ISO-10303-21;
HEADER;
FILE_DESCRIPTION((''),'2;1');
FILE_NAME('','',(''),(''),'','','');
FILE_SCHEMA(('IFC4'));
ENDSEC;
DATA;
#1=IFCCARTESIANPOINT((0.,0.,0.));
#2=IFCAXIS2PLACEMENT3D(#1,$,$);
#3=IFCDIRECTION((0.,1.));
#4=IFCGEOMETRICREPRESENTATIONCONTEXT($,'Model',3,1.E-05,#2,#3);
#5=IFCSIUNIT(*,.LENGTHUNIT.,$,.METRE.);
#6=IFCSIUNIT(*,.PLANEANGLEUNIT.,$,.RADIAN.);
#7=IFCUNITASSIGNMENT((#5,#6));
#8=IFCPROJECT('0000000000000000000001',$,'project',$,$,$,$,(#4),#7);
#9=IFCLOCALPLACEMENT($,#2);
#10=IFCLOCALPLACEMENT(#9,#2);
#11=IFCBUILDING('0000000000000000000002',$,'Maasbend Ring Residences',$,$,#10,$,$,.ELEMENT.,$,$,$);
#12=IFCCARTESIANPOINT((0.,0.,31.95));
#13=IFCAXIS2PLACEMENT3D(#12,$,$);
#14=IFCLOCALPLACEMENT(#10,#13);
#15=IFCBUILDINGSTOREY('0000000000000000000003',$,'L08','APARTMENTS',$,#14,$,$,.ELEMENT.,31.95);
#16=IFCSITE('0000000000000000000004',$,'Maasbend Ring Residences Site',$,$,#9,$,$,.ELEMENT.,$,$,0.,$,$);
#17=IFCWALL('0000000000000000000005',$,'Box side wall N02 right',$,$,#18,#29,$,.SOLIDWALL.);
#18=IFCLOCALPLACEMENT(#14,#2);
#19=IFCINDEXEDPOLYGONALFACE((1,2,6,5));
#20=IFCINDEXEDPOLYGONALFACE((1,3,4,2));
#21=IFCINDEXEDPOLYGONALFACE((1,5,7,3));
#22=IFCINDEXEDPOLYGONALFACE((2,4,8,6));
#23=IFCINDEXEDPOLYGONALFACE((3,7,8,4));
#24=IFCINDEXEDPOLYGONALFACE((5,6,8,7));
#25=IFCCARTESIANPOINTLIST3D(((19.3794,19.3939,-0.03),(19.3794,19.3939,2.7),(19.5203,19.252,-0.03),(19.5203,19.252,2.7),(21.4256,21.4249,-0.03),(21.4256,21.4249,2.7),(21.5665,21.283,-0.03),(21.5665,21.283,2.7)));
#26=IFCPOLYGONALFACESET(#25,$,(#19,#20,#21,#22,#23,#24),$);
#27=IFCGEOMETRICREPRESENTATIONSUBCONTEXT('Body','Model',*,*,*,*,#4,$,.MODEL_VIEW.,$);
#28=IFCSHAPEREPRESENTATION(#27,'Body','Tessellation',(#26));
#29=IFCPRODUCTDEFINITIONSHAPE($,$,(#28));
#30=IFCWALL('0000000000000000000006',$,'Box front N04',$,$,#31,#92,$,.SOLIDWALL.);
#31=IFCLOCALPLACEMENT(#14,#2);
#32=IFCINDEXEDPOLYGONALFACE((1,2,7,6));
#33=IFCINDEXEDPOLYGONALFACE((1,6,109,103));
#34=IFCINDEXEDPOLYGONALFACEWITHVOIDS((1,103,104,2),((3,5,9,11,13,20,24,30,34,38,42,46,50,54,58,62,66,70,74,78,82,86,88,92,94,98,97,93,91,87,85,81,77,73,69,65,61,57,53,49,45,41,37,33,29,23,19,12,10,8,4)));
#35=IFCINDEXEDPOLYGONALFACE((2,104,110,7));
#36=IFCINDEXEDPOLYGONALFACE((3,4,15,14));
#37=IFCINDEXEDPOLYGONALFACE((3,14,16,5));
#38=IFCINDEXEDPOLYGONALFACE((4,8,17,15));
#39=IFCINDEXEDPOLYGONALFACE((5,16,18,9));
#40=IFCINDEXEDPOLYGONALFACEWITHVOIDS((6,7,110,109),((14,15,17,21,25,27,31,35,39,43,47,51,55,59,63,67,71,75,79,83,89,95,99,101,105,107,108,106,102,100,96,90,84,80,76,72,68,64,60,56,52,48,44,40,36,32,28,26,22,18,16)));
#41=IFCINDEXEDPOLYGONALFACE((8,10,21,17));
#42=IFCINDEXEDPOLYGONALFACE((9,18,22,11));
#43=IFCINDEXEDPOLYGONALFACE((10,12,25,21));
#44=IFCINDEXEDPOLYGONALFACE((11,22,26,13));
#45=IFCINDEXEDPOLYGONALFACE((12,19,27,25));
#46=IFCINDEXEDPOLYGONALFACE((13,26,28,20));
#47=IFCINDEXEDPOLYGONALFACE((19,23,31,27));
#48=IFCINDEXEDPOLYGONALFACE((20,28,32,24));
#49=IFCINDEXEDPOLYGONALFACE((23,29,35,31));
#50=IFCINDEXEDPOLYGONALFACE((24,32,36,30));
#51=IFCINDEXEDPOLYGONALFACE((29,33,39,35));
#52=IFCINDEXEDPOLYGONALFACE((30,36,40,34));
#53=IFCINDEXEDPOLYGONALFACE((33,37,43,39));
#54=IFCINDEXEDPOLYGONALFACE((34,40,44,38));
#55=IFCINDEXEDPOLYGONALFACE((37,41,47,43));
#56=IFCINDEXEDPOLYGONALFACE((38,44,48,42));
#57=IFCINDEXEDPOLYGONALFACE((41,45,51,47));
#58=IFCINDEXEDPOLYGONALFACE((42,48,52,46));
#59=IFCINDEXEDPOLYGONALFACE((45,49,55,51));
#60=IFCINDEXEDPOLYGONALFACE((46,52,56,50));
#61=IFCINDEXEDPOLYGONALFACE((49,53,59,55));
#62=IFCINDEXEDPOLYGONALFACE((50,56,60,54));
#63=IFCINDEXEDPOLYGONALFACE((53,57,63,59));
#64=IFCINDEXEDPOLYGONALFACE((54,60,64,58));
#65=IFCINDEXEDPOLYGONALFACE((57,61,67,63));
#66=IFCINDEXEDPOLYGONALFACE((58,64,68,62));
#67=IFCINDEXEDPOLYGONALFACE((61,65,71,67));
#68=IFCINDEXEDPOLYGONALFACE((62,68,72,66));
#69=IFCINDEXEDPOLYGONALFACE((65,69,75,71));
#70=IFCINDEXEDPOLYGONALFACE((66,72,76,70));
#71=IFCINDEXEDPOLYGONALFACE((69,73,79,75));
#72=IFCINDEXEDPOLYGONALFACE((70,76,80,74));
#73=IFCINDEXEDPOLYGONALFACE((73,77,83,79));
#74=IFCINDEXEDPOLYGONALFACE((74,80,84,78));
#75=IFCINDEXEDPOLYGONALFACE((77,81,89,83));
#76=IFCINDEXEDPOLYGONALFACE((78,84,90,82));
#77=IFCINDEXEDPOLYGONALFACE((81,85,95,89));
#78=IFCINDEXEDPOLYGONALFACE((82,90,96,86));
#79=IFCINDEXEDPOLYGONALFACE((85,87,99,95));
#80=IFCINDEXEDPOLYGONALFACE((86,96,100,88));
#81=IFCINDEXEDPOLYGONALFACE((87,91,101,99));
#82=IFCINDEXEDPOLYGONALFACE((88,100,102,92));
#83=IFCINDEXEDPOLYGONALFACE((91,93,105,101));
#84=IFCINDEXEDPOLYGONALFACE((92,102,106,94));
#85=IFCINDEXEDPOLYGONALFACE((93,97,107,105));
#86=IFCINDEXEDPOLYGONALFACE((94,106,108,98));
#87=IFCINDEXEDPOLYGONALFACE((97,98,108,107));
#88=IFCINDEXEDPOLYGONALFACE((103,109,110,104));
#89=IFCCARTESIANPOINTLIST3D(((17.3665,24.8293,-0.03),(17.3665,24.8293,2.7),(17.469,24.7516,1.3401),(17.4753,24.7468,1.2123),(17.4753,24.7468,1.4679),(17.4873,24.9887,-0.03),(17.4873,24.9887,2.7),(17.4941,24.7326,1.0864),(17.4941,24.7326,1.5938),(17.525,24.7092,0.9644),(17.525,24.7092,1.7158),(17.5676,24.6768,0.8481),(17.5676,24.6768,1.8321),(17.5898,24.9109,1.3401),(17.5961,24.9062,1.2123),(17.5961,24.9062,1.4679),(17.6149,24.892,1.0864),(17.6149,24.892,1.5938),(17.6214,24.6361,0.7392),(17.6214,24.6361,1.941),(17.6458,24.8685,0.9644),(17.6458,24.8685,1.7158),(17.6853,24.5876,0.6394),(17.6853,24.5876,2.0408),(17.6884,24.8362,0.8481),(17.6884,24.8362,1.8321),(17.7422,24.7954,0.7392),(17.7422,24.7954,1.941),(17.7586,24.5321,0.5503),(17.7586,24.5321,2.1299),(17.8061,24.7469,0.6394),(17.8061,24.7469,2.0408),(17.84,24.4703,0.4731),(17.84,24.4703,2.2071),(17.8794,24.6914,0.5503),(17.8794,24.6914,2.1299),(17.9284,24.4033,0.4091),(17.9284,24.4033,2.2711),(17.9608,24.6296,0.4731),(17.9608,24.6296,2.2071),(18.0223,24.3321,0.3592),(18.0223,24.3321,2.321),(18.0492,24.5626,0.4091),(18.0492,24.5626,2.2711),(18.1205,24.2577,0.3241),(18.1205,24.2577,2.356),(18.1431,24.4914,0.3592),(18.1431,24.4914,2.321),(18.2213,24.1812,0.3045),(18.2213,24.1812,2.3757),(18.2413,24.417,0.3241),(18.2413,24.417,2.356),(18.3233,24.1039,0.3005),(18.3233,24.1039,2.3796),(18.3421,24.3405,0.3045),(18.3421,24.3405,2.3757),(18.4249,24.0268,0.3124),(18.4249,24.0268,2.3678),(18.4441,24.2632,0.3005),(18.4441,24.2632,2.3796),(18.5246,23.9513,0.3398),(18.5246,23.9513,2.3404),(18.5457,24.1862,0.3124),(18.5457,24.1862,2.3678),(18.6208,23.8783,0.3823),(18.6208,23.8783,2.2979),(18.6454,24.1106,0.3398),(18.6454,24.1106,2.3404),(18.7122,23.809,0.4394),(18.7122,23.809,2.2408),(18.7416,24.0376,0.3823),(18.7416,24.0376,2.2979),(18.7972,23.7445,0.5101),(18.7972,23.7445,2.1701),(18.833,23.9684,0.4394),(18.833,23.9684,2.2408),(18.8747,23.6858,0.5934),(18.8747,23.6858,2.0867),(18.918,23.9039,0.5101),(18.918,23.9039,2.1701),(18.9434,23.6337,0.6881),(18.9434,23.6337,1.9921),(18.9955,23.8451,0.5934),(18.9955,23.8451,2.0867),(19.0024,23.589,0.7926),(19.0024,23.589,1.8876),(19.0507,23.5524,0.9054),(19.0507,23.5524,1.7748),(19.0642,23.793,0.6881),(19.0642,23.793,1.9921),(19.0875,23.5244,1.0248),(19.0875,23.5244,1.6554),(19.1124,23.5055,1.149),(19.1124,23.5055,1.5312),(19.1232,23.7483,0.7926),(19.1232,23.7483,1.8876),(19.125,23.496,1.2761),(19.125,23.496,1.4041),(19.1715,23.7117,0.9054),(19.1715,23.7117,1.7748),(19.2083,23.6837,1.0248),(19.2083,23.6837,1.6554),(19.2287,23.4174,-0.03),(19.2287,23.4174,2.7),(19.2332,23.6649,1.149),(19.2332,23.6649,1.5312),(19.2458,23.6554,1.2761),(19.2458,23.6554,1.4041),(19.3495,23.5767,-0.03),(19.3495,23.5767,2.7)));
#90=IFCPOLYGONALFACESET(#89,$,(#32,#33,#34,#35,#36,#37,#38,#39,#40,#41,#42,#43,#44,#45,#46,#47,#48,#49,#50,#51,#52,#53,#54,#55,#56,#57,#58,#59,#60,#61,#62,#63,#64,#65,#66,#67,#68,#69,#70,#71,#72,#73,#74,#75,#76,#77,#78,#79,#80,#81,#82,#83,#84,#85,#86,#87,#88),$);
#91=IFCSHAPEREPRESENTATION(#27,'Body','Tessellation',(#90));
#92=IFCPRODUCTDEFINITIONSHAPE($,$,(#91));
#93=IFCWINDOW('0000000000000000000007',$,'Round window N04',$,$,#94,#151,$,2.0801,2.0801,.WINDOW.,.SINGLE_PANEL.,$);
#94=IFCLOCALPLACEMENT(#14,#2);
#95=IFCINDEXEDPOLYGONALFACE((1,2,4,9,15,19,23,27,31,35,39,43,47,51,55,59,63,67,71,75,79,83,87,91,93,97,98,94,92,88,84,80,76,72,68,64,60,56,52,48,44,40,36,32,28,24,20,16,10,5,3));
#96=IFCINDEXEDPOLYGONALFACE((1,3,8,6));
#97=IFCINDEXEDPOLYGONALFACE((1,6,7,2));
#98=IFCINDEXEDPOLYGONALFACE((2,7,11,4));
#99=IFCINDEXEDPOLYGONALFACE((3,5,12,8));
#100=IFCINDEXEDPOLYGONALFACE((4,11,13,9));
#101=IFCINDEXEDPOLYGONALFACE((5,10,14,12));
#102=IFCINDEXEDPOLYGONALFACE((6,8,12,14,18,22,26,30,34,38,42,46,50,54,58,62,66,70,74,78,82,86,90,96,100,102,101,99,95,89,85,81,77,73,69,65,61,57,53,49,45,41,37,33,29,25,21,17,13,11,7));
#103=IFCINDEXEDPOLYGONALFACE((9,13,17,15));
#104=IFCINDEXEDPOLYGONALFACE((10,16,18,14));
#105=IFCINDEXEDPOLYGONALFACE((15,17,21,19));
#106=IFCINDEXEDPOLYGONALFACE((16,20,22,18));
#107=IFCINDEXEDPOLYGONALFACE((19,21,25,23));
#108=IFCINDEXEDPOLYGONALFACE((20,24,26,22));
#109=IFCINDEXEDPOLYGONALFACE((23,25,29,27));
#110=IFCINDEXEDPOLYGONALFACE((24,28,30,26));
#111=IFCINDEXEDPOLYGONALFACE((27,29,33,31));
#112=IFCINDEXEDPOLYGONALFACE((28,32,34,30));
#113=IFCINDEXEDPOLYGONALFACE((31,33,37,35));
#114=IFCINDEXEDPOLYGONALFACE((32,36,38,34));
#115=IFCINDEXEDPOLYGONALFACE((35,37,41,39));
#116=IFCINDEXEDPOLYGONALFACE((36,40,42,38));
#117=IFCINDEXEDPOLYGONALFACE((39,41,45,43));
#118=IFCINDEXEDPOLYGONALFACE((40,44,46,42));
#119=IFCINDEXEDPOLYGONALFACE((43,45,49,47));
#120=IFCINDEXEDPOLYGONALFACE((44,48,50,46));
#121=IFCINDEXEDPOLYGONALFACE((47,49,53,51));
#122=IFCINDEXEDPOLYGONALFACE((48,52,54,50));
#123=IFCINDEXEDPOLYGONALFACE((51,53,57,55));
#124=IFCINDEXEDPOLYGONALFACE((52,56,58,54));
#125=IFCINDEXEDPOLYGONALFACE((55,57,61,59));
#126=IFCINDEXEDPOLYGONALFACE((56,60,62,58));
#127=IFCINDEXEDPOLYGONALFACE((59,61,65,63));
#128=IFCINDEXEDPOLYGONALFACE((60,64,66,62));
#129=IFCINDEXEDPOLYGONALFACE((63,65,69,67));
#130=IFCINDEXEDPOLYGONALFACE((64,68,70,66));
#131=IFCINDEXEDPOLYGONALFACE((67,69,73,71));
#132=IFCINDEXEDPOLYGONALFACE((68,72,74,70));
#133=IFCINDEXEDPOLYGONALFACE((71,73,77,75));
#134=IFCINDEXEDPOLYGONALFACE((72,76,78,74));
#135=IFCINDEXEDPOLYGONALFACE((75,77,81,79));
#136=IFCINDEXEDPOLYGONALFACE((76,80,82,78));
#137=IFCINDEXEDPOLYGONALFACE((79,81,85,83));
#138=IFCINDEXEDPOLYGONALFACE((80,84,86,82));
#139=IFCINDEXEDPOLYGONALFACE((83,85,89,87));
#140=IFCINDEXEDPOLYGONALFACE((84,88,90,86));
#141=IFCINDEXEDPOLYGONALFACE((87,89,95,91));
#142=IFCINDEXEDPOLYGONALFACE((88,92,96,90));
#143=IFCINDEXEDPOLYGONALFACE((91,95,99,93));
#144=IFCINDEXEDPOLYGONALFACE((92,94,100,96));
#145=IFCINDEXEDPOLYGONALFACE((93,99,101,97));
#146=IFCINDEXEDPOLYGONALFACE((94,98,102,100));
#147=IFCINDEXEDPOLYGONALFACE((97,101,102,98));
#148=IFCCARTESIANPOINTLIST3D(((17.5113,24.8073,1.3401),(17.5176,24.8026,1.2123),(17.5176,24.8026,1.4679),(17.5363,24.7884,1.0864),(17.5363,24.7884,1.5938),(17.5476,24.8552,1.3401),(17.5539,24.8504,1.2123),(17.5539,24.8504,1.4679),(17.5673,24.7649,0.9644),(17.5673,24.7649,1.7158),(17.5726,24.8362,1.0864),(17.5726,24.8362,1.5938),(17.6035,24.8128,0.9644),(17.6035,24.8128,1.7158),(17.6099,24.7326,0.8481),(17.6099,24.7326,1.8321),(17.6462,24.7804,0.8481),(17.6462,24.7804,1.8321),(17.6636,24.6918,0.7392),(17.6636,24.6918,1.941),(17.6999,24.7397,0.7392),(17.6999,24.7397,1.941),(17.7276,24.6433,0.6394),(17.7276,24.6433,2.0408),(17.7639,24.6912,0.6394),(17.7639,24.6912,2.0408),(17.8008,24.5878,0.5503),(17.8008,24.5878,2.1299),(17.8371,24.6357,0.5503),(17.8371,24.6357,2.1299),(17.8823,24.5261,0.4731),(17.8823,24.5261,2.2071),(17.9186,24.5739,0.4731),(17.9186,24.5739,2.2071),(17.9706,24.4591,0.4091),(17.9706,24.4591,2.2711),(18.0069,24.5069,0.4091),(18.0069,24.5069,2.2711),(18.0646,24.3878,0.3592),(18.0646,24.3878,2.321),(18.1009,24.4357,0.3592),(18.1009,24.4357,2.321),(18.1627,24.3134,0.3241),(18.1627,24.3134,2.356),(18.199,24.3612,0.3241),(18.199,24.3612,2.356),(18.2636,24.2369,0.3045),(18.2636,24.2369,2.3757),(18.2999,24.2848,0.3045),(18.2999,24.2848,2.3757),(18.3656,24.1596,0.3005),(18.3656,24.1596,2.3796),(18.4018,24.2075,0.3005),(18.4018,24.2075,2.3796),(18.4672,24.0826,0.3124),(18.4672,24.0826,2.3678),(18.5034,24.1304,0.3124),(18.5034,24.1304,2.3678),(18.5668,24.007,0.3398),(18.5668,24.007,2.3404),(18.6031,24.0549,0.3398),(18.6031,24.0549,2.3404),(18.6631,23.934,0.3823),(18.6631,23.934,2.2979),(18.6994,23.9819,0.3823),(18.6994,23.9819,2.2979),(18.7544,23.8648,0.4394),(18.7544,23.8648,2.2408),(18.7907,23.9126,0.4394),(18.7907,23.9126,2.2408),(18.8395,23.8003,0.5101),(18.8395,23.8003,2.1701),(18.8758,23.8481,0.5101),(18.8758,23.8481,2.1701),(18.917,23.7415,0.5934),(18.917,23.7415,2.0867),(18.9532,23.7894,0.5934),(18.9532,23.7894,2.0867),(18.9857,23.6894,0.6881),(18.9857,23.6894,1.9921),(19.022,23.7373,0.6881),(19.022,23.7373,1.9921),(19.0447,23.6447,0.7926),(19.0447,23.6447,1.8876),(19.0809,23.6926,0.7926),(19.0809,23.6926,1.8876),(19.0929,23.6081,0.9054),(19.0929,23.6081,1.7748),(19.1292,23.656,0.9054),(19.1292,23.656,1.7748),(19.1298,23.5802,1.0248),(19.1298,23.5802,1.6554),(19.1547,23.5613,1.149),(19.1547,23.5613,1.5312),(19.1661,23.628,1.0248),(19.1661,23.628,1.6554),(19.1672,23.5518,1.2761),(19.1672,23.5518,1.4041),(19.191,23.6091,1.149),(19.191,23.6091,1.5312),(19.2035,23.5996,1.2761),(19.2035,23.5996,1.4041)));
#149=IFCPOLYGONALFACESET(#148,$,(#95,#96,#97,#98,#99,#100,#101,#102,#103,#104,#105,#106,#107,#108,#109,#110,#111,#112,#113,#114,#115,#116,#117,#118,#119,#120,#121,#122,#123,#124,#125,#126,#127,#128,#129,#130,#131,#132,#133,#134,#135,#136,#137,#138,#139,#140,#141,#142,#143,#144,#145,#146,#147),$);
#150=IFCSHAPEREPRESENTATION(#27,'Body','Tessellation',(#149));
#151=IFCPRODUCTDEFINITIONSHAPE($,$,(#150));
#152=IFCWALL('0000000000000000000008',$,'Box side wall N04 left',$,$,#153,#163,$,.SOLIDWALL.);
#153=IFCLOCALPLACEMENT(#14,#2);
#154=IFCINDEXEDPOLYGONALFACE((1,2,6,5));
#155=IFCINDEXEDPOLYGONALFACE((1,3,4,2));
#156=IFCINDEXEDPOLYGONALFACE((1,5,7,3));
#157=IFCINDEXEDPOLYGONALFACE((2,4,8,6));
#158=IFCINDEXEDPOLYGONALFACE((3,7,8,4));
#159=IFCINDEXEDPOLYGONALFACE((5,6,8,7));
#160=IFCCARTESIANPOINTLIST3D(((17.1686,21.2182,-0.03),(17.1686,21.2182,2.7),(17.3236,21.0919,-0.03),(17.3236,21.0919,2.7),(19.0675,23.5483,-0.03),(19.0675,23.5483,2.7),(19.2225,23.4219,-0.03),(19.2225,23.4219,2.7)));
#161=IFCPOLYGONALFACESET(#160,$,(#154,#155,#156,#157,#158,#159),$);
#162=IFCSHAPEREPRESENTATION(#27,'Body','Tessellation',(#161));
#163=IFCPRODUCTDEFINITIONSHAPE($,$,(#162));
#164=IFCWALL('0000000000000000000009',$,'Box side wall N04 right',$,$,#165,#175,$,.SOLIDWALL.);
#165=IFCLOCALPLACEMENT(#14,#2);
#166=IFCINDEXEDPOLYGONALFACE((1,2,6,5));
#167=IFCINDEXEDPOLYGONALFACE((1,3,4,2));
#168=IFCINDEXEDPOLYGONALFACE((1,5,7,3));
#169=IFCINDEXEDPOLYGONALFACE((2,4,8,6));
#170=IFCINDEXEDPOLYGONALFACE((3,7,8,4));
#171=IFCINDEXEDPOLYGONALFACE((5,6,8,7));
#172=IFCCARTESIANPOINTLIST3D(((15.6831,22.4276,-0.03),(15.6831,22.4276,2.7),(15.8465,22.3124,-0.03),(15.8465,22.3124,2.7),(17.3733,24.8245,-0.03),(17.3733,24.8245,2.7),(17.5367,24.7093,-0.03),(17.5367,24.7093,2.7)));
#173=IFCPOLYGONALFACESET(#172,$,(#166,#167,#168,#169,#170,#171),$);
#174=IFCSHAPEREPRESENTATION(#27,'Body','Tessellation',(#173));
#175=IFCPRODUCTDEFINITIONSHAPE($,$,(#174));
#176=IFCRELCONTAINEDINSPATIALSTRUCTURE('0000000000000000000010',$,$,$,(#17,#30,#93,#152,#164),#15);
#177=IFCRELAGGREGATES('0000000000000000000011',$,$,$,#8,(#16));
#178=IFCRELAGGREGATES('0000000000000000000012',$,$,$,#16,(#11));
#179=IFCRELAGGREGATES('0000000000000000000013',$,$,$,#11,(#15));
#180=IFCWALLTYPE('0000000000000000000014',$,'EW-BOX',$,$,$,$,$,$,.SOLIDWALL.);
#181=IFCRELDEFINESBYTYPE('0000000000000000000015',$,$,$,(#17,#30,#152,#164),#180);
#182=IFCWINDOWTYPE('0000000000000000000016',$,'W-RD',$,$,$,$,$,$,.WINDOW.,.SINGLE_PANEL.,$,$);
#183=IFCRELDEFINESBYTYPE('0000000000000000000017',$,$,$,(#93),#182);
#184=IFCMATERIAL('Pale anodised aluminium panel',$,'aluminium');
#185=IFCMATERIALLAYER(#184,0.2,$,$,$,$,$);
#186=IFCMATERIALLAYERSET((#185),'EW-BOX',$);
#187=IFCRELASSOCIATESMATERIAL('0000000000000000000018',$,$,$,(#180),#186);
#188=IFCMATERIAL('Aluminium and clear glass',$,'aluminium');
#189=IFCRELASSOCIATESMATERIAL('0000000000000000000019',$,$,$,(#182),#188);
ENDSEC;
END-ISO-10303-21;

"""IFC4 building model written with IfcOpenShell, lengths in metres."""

from ifc_helpers import new_model, si_unit, direction, frame, frame_2d, origin, place, context, subcontext, project, spatial, rectangle, circle, extrude, material, layer, layer_set, type_object, element, fill, save


model = new_model("IFC4")

# Units and contexts
model_context = context("Model", 3, precision=1e-05, world=origin(), true_north=direction((0.0, 1.0)))
body_context = subcontext(model_context, "Body", "Model", "MODEL_VIEW")
ifc_project = project(units=[si_unit("LENGTHUNIT", "METRE"), si_unit("PLANEANGLEUNIT", "RADIAN")], contexts=[model_context])

# Site, building, storey
site_placement = place(None, origin())
site = spatial("IfcSite", under=ifc_project, at=site_placement, Name="Maasbend Ring Residences Site", CompositionType="ELEMENT", RefElevation=0.0)
building_placement = place(site_placement, origin())
building = spatial("IfcBuilding", under=site, at=building_placement, Name="Maasbend Ring Residences", CompositionType="ELEMENT")
storey_placement = place(building_placement, frame((0.0, 0.0, 31.95)))
storey = spatial("IfcBuildingStorey", under=building, at=storey_placement, Name="L08", Description="APARTMENTS", CompositionType="ELEMENT", Elevation=31.95)

# Shared definitions
ifc_material_1 = material(Name="Pale anodised aluminium panel", Category="aluminium")
ifc_layer_1 = layer(ifc_material_1, 0.2)
ifc_layer_set_1 = layer_set([ifc_layer_1], Name="EW-BOX")
wall_type_1 = type_object("IfcWallType", Name="EW-BOX", PredefinedType="SOLIDWALL", material=ifc_layer_set_1)
ifc_material_2 = material(Name="Aluminium and clear glass", Category="aluminium")
window_type_1 = type_object("IfcWindowType", Name="W-RD", PartitioningType="SINGLE_PANEL", PredefinedType="WINDOW", material=ifc_material_2)

# Wall
wall_1_placement = place(storey_placement, frame((19.45, 19.323, -0.03), z_axis=(0.0, 0.0, 1.0), x_axis=(0.709727, 0.704477, 0.0)))
element("IfcWall", 1, at=wall_1_placement, inside=storey, type_object=wall_type_1, Name="Box side wall N02 right", PredefinedType="SOLIDWALL", context=body_context, shape_type="SweptSolid", body=[
    extrude(rectangle(XDim=2.8831, YDim=0.2, at=frame_2d((1.4414, 0.0))), origin(), (0.0, 0.0, 1.0), 2.73),
])

# Wall, opening, window
wall_2_placement = place(storey_placement, frame((19.2891, 23.4971, -0.03), z_axis=(0.0, 0.0, 1.0), x_axis=(-0.796842, 0.604188, 0.0)))
wall_2 = element("IfcWall", 2, at=wall_2_placement, inside=storey, type_object=wall_type_1, Name="Box front N04", PredefinedType="SOLIDWALL", context=body_context, shape_type="SweptSolid", body=[
    extrude(rectangle(XDim=2.3369, YDim=0.2, at=frame_2d((1.1685, 0.0))), origin(), (0.0, 0.0, 1.0), 2.73),
])
opening_1_placement = place(wall_2_placement, frame((0.1282, 0.0, 0.3301)))
opening_1 = element("IfcOpeningElement", 3, at=opening_1_placement, cuts=wall_2, PredefinedType="OPENING", context=body_context, shape_type="SweptSolid", body=[
    extrude(circle(Radius=1.04, at=frame_2d((1.04, 1.04))), frame((0.0, 0.1099, 0.0), z_axis=(0.0, -1.0, 0.0), x_axis=(1.0, 0.0, 0.0)), (0.0, 0.0, 1.0), 0.22),
])
window_1_placement = place(opening_1_placement, origin())
window_1 = element("IfcWindow", 4, at=window_1_placement, inside=storey, type_object=window_type_1, Name="Round window N04", OverallHeight=2.0801, OverallWidth=2.0801, PartitioningType="SINGLE_PANEL", PredefinedType="WINDOW", context=body_context, shape_type="SweptSolid", body=[
    extrude(circle(Radius=1.04, at=frame_2d((1.04, 1.04))), frame((0.0, 0.03, 0.0), z_axis=(0.0, -1.0, 0.0), x_axis=(1.0, 0.0, 0.0)), (0.0, 0.0, 1.0), 0.0601),
])
fill(opening_1, window_1)

# Walls
wall_3_placement = place(storey_placement, frame((17.2461, 21.155, -0.03), z_axis=(0.0, 0.0, 1.0), x_axis=(0.631742, 0.775179, 0.0)))
element("IfcWall", 5, at=wall_3_placement, inside=storey, type_object=wall_type_1, Name="Box side wall N04 left", PredefinedType="SOLIDWALL", context=body_context, shape_type="SweptSolid", body=[
    extrude(rectangle(XDim=3.0059, YDim=0.2, at=frame_2d((1.5029, 0.0))), origin(), (0.0, 0.0, 1.0), 2.73),
])
wall_4_placement = place(storey_placement, frame((15.7649, 22.3701, -0.03), z_axis=(0.0, 0.0, 1.0), x_axis=(0.576275, 0.817256, 0.0)))
element("IfcWall", 6, at=wall_4_placement, inside=storey, type_object=wall_type_1, Name="Box side wall N04 right", PredefinedType="SOLIDWALL", context=body_context, shape_type="SweptSolid", body=[
    extrude(rectangle(XDim=2.9329, YDim=0.2, at=frame_2d((1.4663, 0.0))), origin(), (0.0, 0.0, 1.0), 2.73),
])

save(model, "model.ifc")
